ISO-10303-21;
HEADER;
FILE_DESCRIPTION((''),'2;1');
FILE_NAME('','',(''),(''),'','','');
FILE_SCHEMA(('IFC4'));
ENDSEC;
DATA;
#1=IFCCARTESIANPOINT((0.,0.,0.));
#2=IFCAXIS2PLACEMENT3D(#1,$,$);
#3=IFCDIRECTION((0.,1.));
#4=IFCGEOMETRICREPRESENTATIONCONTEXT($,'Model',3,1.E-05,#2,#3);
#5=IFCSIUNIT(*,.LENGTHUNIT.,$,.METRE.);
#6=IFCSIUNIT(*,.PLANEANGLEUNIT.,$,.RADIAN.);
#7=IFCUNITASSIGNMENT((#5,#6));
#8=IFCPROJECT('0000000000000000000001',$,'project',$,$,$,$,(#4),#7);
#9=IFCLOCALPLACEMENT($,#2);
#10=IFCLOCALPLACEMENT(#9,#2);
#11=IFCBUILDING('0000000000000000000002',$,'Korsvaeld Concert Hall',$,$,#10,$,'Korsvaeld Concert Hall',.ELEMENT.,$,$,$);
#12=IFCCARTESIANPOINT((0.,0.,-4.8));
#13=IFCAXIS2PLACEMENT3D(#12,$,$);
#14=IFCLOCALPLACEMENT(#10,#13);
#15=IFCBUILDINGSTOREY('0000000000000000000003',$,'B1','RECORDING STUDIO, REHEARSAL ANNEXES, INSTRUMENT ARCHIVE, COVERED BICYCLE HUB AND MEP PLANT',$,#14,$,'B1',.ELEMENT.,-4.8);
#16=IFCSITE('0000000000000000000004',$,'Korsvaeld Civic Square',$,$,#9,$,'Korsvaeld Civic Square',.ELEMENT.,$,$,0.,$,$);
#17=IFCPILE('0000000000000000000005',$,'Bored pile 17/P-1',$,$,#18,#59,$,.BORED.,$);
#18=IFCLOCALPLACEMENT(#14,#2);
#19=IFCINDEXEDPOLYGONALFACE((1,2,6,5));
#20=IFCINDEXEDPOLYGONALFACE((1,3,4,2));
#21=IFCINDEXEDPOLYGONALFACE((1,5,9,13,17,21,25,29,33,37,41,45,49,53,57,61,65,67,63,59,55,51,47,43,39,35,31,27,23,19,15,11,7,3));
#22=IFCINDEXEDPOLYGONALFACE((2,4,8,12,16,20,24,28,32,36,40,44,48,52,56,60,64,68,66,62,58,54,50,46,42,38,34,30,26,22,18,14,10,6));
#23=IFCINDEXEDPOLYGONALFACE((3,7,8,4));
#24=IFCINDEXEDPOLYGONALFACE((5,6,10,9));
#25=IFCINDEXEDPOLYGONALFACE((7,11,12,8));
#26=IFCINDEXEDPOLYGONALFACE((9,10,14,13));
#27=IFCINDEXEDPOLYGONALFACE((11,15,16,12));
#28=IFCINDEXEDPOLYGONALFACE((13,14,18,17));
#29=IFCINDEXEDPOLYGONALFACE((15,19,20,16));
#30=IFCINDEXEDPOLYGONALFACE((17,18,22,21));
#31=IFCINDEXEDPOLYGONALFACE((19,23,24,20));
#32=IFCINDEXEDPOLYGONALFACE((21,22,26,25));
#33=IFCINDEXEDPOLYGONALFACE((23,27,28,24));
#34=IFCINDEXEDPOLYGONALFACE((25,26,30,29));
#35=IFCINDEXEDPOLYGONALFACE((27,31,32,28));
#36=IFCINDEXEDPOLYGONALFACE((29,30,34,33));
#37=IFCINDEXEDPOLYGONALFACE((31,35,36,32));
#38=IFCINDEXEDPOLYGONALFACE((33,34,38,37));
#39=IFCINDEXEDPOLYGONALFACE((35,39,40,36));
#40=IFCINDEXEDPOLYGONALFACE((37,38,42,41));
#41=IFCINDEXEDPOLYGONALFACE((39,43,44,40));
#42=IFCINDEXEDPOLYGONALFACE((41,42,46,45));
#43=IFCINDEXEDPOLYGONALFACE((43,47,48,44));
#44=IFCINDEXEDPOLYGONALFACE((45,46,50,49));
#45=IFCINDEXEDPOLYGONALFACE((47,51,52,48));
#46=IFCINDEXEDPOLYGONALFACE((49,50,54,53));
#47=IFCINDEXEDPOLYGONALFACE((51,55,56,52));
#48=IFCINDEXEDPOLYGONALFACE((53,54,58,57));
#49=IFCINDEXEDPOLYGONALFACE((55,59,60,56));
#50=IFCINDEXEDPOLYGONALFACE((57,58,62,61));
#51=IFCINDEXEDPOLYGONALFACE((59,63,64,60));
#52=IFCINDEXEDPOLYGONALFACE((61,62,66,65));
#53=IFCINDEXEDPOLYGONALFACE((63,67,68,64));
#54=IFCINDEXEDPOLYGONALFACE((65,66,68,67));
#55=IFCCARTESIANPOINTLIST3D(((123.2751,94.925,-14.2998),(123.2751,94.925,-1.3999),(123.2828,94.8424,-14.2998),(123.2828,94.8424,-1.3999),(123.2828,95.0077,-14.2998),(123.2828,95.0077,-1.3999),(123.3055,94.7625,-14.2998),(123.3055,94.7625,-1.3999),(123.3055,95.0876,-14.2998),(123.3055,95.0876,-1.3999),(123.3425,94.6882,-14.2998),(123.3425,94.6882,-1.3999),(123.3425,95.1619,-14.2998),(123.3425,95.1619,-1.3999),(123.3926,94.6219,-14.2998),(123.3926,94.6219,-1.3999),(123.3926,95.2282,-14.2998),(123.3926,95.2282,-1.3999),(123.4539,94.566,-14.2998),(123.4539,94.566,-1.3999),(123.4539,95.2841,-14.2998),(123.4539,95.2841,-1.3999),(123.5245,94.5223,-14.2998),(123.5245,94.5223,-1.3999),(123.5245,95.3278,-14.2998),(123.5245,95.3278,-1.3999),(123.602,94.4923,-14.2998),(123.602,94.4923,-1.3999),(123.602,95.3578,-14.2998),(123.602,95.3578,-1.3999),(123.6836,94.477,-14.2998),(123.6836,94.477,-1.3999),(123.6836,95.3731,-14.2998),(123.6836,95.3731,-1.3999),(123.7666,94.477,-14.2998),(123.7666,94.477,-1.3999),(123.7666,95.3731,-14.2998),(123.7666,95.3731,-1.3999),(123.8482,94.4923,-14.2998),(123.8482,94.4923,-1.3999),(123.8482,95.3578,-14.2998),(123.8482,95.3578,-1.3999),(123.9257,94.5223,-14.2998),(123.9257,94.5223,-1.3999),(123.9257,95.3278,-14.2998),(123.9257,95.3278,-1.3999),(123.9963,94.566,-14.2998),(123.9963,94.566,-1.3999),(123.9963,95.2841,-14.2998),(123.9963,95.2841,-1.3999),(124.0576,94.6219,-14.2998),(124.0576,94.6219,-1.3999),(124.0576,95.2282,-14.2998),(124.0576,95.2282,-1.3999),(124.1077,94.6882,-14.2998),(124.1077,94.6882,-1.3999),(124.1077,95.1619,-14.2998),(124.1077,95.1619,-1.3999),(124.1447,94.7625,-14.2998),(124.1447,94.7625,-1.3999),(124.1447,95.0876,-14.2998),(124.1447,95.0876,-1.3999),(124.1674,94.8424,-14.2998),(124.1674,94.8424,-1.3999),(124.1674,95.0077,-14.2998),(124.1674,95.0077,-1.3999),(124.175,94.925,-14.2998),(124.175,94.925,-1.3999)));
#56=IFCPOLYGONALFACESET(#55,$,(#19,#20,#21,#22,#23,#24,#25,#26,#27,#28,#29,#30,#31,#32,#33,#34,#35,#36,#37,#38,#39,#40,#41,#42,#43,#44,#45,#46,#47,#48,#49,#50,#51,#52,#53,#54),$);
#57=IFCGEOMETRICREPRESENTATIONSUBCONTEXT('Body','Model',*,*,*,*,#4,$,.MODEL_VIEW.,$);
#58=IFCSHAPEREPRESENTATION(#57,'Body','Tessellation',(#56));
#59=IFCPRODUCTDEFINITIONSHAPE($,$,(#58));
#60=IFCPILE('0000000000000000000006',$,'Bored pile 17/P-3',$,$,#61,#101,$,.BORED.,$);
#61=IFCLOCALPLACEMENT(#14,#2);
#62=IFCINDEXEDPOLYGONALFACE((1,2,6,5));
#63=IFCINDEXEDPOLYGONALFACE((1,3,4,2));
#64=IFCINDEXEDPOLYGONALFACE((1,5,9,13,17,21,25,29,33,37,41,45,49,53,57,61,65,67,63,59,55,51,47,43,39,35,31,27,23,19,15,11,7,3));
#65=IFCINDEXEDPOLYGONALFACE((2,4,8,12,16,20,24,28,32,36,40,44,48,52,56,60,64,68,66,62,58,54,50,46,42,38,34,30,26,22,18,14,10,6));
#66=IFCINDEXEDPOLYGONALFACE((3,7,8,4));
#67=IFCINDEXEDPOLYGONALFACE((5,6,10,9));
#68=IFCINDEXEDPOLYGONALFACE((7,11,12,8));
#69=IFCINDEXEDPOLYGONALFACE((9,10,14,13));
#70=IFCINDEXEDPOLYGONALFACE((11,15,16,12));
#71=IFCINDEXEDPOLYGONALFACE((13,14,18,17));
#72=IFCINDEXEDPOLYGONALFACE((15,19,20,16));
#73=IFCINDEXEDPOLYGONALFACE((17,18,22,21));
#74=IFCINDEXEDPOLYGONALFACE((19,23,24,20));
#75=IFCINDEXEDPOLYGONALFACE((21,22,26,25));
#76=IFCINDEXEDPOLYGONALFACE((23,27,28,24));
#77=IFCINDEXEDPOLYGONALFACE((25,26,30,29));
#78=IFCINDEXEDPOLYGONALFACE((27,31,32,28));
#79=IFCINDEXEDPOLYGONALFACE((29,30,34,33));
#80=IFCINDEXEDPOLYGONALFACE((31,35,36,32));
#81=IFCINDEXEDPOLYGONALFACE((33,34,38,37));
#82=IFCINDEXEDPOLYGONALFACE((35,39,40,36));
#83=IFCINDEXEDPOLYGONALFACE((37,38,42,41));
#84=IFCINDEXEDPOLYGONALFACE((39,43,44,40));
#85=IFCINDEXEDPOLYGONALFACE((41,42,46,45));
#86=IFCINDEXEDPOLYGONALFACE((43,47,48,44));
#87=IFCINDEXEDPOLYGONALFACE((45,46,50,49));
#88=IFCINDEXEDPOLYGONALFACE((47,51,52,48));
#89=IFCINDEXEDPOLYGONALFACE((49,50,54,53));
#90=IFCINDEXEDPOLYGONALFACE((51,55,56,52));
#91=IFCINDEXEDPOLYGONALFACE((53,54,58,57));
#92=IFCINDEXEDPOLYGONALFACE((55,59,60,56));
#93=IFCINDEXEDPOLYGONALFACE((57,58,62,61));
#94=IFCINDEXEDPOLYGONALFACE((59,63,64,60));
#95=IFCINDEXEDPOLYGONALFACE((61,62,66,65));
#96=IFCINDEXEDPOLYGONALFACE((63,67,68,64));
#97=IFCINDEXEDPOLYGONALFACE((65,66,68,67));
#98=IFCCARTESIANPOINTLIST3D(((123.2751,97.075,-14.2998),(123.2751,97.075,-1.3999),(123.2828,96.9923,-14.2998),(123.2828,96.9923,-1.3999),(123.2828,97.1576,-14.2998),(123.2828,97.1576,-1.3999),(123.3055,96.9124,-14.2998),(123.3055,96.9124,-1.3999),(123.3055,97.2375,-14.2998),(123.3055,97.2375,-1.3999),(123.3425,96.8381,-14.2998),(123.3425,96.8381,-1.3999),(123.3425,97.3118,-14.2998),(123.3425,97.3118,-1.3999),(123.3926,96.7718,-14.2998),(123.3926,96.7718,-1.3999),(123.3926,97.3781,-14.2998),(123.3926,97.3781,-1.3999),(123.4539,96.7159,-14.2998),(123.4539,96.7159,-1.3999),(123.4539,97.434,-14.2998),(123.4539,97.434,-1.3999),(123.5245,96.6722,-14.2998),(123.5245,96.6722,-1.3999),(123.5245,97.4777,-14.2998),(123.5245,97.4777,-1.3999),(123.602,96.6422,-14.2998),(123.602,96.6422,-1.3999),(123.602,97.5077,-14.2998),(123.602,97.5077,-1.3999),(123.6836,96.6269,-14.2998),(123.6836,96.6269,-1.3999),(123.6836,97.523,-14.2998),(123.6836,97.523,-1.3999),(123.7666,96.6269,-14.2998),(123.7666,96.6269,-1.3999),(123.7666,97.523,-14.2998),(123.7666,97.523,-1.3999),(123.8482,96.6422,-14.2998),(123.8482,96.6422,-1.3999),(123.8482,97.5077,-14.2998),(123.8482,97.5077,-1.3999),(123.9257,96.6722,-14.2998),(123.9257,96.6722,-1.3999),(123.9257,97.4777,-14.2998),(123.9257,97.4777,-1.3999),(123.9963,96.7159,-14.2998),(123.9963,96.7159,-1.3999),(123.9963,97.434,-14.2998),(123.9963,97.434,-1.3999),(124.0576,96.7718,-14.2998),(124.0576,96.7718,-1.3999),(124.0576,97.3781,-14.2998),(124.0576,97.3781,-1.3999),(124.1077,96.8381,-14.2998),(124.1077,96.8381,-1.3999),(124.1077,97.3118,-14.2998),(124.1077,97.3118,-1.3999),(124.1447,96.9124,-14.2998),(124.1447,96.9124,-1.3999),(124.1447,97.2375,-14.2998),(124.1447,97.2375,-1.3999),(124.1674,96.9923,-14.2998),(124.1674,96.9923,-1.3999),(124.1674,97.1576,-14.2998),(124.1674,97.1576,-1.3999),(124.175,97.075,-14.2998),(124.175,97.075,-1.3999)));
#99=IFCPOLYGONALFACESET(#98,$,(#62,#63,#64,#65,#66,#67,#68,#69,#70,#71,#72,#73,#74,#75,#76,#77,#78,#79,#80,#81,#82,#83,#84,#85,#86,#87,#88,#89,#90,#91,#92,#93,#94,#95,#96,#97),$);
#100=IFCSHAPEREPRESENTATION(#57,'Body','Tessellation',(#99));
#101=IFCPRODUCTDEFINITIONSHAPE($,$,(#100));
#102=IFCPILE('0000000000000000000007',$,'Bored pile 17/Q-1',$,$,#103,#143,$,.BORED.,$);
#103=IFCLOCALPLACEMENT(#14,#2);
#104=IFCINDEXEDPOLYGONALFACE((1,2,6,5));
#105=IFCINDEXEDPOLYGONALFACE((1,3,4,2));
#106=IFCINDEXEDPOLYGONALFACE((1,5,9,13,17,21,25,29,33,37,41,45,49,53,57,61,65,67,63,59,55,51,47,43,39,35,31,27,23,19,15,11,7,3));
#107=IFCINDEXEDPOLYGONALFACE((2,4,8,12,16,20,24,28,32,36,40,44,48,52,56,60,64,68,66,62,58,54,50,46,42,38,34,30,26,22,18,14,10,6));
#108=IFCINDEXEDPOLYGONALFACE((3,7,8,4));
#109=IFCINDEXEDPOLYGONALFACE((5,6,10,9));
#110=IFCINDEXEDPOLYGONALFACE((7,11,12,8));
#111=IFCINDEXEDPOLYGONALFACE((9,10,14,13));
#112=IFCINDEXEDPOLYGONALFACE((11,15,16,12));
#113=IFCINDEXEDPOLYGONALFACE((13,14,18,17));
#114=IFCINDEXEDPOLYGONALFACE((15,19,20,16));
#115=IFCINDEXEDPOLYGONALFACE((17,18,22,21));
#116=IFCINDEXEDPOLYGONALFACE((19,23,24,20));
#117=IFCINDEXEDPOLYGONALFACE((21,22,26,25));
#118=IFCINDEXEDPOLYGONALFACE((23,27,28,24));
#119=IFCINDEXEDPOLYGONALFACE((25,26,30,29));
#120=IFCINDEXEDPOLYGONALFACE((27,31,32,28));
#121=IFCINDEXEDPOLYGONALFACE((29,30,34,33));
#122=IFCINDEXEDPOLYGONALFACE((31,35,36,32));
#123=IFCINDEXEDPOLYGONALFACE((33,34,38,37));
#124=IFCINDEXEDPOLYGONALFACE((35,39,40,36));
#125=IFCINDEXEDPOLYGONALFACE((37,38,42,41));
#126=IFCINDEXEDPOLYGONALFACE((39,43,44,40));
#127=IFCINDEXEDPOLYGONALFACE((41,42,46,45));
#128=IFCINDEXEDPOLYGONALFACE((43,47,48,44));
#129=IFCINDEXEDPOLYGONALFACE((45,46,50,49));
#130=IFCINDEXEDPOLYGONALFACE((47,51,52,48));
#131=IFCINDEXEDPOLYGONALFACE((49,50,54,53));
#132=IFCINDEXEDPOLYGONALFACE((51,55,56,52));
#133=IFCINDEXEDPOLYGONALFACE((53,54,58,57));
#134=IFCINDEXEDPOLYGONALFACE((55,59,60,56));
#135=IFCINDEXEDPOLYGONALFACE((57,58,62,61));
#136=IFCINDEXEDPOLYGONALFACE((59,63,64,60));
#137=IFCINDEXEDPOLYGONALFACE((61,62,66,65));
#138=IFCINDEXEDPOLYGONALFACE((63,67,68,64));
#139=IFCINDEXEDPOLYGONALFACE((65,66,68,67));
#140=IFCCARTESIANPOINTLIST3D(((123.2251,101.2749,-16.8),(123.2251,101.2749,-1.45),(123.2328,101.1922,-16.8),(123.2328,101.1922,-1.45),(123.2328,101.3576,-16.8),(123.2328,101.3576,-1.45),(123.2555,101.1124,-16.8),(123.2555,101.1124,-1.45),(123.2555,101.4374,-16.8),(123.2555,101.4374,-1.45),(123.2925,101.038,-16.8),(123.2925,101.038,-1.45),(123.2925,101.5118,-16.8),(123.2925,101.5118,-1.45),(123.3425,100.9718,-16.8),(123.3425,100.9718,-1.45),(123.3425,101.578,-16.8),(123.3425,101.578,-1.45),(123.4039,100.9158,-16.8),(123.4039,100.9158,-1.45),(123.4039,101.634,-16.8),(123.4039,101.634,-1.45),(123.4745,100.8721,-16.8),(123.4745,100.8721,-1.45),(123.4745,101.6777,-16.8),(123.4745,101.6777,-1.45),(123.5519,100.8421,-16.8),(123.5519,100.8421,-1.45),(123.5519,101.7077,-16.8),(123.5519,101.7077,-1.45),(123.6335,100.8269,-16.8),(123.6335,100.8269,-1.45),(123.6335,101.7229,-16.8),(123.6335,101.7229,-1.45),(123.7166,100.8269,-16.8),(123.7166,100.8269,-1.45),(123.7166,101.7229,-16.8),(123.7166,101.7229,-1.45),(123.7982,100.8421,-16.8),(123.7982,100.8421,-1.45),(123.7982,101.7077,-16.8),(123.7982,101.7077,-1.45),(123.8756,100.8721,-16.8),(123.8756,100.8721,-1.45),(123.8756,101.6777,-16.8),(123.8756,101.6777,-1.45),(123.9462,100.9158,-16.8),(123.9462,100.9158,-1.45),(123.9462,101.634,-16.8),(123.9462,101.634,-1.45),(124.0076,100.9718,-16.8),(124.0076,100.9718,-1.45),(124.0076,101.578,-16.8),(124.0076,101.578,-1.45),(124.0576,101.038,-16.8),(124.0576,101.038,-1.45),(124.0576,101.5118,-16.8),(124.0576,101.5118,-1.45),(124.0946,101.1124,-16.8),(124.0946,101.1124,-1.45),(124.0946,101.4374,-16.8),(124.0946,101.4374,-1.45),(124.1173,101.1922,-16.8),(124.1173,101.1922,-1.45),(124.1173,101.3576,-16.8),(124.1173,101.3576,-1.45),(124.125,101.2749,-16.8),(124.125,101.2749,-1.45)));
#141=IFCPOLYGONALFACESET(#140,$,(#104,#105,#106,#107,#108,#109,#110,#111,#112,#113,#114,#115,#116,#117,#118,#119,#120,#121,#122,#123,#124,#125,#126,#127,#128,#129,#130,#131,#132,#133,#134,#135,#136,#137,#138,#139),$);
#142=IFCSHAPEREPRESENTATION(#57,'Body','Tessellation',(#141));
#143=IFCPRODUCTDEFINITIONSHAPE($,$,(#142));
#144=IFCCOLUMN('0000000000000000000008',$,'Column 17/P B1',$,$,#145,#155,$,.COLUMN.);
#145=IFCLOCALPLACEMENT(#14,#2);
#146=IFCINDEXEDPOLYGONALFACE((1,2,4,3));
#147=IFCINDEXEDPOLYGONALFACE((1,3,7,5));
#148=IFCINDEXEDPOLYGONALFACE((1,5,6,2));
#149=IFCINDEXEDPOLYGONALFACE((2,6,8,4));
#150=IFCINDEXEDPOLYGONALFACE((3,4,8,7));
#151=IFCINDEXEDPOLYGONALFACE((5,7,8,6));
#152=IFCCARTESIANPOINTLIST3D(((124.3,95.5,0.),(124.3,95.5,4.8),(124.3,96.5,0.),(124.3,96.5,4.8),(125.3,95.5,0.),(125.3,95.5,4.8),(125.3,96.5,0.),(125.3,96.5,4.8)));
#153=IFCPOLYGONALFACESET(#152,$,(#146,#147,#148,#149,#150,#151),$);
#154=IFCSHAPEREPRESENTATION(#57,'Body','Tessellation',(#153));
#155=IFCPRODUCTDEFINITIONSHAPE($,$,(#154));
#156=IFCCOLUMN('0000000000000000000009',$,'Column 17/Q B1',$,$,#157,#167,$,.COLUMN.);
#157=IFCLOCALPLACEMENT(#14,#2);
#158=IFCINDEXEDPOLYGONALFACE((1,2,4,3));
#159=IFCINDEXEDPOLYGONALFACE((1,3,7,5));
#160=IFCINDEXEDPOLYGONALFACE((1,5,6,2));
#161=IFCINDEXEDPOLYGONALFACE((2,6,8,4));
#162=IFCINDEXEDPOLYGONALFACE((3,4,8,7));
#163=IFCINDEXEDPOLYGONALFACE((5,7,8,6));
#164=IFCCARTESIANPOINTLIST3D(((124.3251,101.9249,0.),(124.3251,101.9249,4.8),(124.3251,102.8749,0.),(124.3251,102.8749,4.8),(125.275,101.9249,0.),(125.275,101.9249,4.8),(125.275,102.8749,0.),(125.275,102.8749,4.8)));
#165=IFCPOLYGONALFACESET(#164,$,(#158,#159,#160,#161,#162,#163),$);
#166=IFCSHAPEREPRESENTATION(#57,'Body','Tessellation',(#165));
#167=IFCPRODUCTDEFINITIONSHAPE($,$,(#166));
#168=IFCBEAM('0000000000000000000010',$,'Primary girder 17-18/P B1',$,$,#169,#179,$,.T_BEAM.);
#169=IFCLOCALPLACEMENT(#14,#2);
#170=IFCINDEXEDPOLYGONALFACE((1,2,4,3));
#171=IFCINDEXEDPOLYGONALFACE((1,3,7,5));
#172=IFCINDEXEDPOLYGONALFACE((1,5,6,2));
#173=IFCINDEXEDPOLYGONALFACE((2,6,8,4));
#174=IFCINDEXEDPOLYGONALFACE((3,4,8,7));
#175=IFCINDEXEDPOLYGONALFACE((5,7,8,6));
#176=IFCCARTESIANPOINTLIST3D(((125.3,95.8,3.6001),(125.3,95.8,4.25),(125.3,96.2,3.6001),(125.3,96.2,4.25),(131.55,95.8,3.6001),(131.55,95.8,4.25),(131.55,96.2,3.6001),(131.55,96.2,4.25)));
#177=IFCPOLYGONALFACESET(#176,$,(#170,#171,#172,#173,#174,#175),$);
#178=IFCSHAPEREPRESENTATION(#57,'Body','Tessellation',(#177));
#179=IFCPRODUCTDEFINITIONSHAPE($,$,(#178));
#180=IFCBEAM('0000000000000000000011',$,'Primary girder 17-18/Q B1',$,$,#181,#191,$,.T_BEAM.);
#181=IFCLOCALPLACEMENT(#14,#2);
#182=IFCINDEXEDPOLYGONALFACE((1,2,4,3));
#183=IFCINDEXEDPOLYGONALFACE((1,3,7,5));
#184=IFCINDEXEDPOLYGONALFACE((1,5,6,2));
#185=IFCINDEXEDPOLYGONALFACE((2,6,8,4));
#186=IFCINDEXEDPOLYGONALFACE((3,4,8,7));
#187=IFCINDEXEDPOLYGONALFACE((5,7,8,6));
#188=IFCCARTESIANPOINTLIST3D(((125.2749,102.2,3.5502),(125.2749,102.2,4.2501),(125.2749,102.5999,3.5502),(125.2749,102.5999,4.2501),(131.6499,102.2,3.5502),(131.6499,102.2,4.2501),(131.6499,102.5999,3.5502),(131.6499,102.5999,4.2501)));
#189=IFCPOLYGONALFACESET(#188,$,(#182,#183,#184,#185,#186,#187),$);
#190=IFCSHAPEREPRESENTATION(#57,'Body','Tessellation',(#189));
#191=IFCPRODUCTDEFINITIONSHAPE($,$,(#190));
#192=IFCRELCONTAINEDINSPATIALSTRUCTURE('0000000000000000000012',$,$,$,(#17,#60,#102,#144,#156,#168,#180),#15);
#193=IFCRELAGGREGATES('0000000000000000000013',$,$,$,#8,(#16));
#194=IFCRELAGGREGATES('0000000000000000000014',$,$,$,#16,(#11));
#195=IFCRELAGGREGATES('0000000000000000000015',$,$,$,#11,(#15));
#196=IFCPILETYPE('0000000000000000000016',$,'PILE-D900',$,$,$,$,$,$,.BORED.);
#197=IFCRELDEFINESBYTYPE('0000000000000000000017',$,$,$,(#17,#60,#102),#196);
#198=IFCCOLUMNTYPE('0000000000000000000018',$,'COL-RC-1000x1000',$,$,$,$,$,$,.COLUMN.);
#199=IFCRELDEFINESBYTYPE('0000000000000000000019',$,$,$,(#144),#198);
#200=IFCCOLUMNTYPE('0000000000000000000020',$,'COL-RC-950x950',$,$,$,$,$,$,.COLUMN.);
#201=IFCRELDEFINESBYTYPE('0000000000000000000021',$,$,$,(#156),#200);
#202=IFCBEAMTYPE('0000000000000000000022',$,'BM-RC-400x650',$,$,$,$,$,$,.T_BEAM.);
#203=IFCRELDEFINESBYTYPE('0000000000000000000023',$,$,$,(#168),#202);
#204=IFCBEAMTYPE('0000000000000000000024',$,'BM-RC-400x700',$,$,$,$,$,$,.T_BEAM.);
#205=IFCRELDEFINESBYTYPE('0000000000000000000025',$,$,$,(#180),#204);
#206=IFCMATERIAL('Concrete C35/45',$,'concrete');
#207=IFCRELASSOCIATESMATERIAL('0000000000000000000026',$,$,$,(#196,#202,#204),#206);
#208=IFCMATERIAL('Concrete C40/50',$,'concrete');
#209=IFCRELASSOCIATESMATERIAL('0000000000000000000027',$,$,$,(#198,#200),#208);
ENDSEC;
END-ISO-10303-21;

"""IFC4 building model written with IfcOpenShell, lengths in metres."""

from ifc_helpers import new_model, si_unit, direction, frame, origin, origin_2d, place, context, subcontext, project, spatial, rectangle, circle, extrude, material, material_profile, profile_set, type_object, element, save


model = new_model("IFC4")

# Units and contexts
model_context = context("Model", 3, precision=1e-05, world=origin(), true_north=direction((0.0, 1.0)))
body_context = subcontext(model_context, "Body", "Model", "MODEL_VIEW")
ifc_project = project(units=[si_unit("LENGTHUNIT", "METRE"), si_unit("PLANEANGLEUNIT", "RADIAN")], contexts=[model_context])

# Site, building, storey
site_placement = place(None, origin())
site = spatial("IfcSite", under=ifc_project, at=site_placement, Name="Korsvaeld Civic Square", LongName="Korsvaeld Civic Square", CompositionType="ELEMENT", RefElevation=0.0)
building_placement = place(site_placement, origin())
building = spatial("IfcBuilding", under=site, at=building_placement, Name="Korsvaeld Concert Hall", LongName="Korsvaeld Concert Hall", CompositionType="ELEMENT")
storey_placement = place(building_placement, frame((0.0, 0.0, -4.8)))
storey = spatial("IfcBuildingStorey", under=building, at=storey_placement, Name="B1", Description="RECORDING STUDIO, REHEARSAL ANNEXES, INSTRUMENT ARCHIVE, COVERED BICYCLE HUB AND MEP PLANT", LongName="B1", CompositionType="ELEMENT", Elevation=-4.8)

# Shared definitions
ifc_material_1 = material(Name="Concrete C35/45", Category="concrete")

# Piles
ifc_material_profile_1 = material_profile(ifc_material_1, circle(Radius=0.45, at=origin_2d()), Name="BORED PILE D900")
ifc_profile_set_1 = profile_set([ifc_material_profile_1], Name="Concrete C35/45")
pile_type = type_object("IfcPileType", Name="PILE-D900", PredefinedType="BORED", material=ifc_profile_set_1)
for number, where, z_axis, x_axis, name in (
    (1, (123.7251, 94.925, -1.3999), (0.0, 0.0, -1.0), (1.0, 0.0, 0.0), "Bored pile 17/P-1"),
    (2, (123.7251, 97.075, -1.3999), (0.0, 0.0, -1.0), (1.0, 0.0, 0.0), "Bored pile 17/P-3"),
):
    element("IfcPile", number, at=place(storey_placement, frame(where, z_axis=z_axis, x_axis=x_axis)), inside=storey, type_object=pile_type, Name=name, PredefinedType="BORED", context=body_context, shape_type="SweptSolid", body=[
        extrude(circle(Radius=0.45, at=origin_2d()), origin(), (0.0, 0.0, 1.0), 12.8999),
    ])
pile_placement = place(storey_placement, frame((123.675, 101.2749, -1.45), z_axis=(0.0, 0.0, -1.0), x_axis=(1.0, 0.0, 0.0)))
element("IfcPile", 3, at=pile_placement, inside=storey, type_object=pile_type, Name="Bored pile 17/Q-1", PredefinedType="BORED", context=body_context, shape_type="SweptSolid", body=[
    extrude(circle(Radius=0.45, at=origin_2d()), origin(), (0.0, 0.0, 1.0), 15.3501),
])

# Columns
ifc_material_2 = material(Name="Concrete C40/50", Category="concrete")
ifc_material_profile_2 = material_profile(ifc_material_2, rectangle(XDim=1.0, YDim=1.0, at=origin_2d()), Name="RC 1000x1000")
ifc_profile_set_2 = profile_set([ifc_material_profile_2], Name="Concrete C40/50")
column_type_1 = type_object("IfcColumnType", Name="COL-RC-1000x1000", PredefinedType="COLUMN", material=ifc_profile_set_2)
column_1_placement = place(storey_placement, frame((124.8, 96.0, 0.0), z_axis=(0.0, 0.0, 1.0), x_axis=(1.0, 0.0, 0.0)))
element("IfcColumn", 4, at=column_1_placement, inside=storey, type_object=column_type_1, Name="Column 17/P B1", PredefinedType="COLUMN", context=body_context, shape_type="SweptSolid", body=[
    extrude(rectangle(XDim=1.0, YDim=1.0, at=origin_2d()), origin(), (0.0, 0.0, 1.0), 4.8),
])
ifc_material_profile_3 = material_profile(ifc_material_2, rectangle(XDim=0.95, YDim=0.95, at=origin_2d()), Name="RC 950x950")
ifc_profile_set_3 = profile_set([ifc_material_profile_3], Name="Concrete C40/50")
column_type_2 = type_object("IfcColumnType", Name="COL-RC-950x950", PredefinedType="COLUMN", material=ifc_profile_set_3)
column_2_placement = place(storey_placement, frame((124.8, 102.3999, 0.0), z_axis=(0.0, 0.0, 1.0), x_axis=(1.0, 0.0, 0.0)))
element("IfcColumn", 5, at=column_2_placement, inside=storey, type_object=column_type_2, Name="Column 17/Q B1", PredefinedType="COLUMN", context=body_context, shape_type="SweptSolid", body=[
    extrude(rectangle(XDim=0.95, YDim=0.95, at=origin_2d()), origin(), (0.0, 0.0, 1.0), 4.8),
])

# Beams
ifc_material_profile_4 = material_profile(ifc_material_1, rectangle(XDim=0.3999, YDim=0.6499, at=origin_2d()), Name="RC 400x650")
ifc_profile_set_4 = profile_set([ifc_material_profile_4], Name="Concrete C35/45")
beam_type_1 = type_object("IfcBeamType", Name="BM-RC-400x650", PredefinedType="T_BEAM", material=ifc_profile_set_4)
beam_1_placement = place(storey_placement, frame((125.3, 96.0, 3.925), z_axis=(1.0, 0.0, 0.0), x_axis=(0.0, 1.0, 0.0)))
element("IfcBeam", 6, at=beam_1_placement, inside=storey, type_object=beam_type_1, Name="Primary girder 17-18/P B1", PredefinedType="T_BEAM", context=body_context, shape_type="SweptSolid", body=[
    extrude(rectangle(XDim=0.3999, YDim=0.6499, at=origin_2d()), origin(), (0.0, 0.0, 1.0), 6.25),
])
ifc_material_profile_5 = material_profile(ifc_material_1, rectangle(XDim=0.3999, YDim=0.7, at=origin_2d()), Name="RC 400x700")
ifc_profile_set_5 = profile_set([ifc_material_profile_5], Name="Concrete C35/45")
beam_type_2 = type_object("IfcBeamType", Name="BM-RC-400x700", PredefinedType="T_BEAM", material=ifc_profile_set_5)
beam_2_placement = place(storey_placement, frame((125.2749, 102.3999, 3.9001), z_axis=(1.0, 0.0, 0.0), x_axis=(0.0, 1.0, 0.0)))
element("IfcBeam", 7, at=beam_2_placement, inside=storey, type_object=beam_type_2, Name="Primary girder 17-18/Q B1", PredefinedType="T_BEAM", context=body_context, shape_type="SweptSolid", body=[
    extrude(rectangle(XDim=0.3999, YDim=0.7, at=origin_2d()), origin(), (0.0, 0.0, 1.0), 6.375),
])

save(model, "model.ifc")
